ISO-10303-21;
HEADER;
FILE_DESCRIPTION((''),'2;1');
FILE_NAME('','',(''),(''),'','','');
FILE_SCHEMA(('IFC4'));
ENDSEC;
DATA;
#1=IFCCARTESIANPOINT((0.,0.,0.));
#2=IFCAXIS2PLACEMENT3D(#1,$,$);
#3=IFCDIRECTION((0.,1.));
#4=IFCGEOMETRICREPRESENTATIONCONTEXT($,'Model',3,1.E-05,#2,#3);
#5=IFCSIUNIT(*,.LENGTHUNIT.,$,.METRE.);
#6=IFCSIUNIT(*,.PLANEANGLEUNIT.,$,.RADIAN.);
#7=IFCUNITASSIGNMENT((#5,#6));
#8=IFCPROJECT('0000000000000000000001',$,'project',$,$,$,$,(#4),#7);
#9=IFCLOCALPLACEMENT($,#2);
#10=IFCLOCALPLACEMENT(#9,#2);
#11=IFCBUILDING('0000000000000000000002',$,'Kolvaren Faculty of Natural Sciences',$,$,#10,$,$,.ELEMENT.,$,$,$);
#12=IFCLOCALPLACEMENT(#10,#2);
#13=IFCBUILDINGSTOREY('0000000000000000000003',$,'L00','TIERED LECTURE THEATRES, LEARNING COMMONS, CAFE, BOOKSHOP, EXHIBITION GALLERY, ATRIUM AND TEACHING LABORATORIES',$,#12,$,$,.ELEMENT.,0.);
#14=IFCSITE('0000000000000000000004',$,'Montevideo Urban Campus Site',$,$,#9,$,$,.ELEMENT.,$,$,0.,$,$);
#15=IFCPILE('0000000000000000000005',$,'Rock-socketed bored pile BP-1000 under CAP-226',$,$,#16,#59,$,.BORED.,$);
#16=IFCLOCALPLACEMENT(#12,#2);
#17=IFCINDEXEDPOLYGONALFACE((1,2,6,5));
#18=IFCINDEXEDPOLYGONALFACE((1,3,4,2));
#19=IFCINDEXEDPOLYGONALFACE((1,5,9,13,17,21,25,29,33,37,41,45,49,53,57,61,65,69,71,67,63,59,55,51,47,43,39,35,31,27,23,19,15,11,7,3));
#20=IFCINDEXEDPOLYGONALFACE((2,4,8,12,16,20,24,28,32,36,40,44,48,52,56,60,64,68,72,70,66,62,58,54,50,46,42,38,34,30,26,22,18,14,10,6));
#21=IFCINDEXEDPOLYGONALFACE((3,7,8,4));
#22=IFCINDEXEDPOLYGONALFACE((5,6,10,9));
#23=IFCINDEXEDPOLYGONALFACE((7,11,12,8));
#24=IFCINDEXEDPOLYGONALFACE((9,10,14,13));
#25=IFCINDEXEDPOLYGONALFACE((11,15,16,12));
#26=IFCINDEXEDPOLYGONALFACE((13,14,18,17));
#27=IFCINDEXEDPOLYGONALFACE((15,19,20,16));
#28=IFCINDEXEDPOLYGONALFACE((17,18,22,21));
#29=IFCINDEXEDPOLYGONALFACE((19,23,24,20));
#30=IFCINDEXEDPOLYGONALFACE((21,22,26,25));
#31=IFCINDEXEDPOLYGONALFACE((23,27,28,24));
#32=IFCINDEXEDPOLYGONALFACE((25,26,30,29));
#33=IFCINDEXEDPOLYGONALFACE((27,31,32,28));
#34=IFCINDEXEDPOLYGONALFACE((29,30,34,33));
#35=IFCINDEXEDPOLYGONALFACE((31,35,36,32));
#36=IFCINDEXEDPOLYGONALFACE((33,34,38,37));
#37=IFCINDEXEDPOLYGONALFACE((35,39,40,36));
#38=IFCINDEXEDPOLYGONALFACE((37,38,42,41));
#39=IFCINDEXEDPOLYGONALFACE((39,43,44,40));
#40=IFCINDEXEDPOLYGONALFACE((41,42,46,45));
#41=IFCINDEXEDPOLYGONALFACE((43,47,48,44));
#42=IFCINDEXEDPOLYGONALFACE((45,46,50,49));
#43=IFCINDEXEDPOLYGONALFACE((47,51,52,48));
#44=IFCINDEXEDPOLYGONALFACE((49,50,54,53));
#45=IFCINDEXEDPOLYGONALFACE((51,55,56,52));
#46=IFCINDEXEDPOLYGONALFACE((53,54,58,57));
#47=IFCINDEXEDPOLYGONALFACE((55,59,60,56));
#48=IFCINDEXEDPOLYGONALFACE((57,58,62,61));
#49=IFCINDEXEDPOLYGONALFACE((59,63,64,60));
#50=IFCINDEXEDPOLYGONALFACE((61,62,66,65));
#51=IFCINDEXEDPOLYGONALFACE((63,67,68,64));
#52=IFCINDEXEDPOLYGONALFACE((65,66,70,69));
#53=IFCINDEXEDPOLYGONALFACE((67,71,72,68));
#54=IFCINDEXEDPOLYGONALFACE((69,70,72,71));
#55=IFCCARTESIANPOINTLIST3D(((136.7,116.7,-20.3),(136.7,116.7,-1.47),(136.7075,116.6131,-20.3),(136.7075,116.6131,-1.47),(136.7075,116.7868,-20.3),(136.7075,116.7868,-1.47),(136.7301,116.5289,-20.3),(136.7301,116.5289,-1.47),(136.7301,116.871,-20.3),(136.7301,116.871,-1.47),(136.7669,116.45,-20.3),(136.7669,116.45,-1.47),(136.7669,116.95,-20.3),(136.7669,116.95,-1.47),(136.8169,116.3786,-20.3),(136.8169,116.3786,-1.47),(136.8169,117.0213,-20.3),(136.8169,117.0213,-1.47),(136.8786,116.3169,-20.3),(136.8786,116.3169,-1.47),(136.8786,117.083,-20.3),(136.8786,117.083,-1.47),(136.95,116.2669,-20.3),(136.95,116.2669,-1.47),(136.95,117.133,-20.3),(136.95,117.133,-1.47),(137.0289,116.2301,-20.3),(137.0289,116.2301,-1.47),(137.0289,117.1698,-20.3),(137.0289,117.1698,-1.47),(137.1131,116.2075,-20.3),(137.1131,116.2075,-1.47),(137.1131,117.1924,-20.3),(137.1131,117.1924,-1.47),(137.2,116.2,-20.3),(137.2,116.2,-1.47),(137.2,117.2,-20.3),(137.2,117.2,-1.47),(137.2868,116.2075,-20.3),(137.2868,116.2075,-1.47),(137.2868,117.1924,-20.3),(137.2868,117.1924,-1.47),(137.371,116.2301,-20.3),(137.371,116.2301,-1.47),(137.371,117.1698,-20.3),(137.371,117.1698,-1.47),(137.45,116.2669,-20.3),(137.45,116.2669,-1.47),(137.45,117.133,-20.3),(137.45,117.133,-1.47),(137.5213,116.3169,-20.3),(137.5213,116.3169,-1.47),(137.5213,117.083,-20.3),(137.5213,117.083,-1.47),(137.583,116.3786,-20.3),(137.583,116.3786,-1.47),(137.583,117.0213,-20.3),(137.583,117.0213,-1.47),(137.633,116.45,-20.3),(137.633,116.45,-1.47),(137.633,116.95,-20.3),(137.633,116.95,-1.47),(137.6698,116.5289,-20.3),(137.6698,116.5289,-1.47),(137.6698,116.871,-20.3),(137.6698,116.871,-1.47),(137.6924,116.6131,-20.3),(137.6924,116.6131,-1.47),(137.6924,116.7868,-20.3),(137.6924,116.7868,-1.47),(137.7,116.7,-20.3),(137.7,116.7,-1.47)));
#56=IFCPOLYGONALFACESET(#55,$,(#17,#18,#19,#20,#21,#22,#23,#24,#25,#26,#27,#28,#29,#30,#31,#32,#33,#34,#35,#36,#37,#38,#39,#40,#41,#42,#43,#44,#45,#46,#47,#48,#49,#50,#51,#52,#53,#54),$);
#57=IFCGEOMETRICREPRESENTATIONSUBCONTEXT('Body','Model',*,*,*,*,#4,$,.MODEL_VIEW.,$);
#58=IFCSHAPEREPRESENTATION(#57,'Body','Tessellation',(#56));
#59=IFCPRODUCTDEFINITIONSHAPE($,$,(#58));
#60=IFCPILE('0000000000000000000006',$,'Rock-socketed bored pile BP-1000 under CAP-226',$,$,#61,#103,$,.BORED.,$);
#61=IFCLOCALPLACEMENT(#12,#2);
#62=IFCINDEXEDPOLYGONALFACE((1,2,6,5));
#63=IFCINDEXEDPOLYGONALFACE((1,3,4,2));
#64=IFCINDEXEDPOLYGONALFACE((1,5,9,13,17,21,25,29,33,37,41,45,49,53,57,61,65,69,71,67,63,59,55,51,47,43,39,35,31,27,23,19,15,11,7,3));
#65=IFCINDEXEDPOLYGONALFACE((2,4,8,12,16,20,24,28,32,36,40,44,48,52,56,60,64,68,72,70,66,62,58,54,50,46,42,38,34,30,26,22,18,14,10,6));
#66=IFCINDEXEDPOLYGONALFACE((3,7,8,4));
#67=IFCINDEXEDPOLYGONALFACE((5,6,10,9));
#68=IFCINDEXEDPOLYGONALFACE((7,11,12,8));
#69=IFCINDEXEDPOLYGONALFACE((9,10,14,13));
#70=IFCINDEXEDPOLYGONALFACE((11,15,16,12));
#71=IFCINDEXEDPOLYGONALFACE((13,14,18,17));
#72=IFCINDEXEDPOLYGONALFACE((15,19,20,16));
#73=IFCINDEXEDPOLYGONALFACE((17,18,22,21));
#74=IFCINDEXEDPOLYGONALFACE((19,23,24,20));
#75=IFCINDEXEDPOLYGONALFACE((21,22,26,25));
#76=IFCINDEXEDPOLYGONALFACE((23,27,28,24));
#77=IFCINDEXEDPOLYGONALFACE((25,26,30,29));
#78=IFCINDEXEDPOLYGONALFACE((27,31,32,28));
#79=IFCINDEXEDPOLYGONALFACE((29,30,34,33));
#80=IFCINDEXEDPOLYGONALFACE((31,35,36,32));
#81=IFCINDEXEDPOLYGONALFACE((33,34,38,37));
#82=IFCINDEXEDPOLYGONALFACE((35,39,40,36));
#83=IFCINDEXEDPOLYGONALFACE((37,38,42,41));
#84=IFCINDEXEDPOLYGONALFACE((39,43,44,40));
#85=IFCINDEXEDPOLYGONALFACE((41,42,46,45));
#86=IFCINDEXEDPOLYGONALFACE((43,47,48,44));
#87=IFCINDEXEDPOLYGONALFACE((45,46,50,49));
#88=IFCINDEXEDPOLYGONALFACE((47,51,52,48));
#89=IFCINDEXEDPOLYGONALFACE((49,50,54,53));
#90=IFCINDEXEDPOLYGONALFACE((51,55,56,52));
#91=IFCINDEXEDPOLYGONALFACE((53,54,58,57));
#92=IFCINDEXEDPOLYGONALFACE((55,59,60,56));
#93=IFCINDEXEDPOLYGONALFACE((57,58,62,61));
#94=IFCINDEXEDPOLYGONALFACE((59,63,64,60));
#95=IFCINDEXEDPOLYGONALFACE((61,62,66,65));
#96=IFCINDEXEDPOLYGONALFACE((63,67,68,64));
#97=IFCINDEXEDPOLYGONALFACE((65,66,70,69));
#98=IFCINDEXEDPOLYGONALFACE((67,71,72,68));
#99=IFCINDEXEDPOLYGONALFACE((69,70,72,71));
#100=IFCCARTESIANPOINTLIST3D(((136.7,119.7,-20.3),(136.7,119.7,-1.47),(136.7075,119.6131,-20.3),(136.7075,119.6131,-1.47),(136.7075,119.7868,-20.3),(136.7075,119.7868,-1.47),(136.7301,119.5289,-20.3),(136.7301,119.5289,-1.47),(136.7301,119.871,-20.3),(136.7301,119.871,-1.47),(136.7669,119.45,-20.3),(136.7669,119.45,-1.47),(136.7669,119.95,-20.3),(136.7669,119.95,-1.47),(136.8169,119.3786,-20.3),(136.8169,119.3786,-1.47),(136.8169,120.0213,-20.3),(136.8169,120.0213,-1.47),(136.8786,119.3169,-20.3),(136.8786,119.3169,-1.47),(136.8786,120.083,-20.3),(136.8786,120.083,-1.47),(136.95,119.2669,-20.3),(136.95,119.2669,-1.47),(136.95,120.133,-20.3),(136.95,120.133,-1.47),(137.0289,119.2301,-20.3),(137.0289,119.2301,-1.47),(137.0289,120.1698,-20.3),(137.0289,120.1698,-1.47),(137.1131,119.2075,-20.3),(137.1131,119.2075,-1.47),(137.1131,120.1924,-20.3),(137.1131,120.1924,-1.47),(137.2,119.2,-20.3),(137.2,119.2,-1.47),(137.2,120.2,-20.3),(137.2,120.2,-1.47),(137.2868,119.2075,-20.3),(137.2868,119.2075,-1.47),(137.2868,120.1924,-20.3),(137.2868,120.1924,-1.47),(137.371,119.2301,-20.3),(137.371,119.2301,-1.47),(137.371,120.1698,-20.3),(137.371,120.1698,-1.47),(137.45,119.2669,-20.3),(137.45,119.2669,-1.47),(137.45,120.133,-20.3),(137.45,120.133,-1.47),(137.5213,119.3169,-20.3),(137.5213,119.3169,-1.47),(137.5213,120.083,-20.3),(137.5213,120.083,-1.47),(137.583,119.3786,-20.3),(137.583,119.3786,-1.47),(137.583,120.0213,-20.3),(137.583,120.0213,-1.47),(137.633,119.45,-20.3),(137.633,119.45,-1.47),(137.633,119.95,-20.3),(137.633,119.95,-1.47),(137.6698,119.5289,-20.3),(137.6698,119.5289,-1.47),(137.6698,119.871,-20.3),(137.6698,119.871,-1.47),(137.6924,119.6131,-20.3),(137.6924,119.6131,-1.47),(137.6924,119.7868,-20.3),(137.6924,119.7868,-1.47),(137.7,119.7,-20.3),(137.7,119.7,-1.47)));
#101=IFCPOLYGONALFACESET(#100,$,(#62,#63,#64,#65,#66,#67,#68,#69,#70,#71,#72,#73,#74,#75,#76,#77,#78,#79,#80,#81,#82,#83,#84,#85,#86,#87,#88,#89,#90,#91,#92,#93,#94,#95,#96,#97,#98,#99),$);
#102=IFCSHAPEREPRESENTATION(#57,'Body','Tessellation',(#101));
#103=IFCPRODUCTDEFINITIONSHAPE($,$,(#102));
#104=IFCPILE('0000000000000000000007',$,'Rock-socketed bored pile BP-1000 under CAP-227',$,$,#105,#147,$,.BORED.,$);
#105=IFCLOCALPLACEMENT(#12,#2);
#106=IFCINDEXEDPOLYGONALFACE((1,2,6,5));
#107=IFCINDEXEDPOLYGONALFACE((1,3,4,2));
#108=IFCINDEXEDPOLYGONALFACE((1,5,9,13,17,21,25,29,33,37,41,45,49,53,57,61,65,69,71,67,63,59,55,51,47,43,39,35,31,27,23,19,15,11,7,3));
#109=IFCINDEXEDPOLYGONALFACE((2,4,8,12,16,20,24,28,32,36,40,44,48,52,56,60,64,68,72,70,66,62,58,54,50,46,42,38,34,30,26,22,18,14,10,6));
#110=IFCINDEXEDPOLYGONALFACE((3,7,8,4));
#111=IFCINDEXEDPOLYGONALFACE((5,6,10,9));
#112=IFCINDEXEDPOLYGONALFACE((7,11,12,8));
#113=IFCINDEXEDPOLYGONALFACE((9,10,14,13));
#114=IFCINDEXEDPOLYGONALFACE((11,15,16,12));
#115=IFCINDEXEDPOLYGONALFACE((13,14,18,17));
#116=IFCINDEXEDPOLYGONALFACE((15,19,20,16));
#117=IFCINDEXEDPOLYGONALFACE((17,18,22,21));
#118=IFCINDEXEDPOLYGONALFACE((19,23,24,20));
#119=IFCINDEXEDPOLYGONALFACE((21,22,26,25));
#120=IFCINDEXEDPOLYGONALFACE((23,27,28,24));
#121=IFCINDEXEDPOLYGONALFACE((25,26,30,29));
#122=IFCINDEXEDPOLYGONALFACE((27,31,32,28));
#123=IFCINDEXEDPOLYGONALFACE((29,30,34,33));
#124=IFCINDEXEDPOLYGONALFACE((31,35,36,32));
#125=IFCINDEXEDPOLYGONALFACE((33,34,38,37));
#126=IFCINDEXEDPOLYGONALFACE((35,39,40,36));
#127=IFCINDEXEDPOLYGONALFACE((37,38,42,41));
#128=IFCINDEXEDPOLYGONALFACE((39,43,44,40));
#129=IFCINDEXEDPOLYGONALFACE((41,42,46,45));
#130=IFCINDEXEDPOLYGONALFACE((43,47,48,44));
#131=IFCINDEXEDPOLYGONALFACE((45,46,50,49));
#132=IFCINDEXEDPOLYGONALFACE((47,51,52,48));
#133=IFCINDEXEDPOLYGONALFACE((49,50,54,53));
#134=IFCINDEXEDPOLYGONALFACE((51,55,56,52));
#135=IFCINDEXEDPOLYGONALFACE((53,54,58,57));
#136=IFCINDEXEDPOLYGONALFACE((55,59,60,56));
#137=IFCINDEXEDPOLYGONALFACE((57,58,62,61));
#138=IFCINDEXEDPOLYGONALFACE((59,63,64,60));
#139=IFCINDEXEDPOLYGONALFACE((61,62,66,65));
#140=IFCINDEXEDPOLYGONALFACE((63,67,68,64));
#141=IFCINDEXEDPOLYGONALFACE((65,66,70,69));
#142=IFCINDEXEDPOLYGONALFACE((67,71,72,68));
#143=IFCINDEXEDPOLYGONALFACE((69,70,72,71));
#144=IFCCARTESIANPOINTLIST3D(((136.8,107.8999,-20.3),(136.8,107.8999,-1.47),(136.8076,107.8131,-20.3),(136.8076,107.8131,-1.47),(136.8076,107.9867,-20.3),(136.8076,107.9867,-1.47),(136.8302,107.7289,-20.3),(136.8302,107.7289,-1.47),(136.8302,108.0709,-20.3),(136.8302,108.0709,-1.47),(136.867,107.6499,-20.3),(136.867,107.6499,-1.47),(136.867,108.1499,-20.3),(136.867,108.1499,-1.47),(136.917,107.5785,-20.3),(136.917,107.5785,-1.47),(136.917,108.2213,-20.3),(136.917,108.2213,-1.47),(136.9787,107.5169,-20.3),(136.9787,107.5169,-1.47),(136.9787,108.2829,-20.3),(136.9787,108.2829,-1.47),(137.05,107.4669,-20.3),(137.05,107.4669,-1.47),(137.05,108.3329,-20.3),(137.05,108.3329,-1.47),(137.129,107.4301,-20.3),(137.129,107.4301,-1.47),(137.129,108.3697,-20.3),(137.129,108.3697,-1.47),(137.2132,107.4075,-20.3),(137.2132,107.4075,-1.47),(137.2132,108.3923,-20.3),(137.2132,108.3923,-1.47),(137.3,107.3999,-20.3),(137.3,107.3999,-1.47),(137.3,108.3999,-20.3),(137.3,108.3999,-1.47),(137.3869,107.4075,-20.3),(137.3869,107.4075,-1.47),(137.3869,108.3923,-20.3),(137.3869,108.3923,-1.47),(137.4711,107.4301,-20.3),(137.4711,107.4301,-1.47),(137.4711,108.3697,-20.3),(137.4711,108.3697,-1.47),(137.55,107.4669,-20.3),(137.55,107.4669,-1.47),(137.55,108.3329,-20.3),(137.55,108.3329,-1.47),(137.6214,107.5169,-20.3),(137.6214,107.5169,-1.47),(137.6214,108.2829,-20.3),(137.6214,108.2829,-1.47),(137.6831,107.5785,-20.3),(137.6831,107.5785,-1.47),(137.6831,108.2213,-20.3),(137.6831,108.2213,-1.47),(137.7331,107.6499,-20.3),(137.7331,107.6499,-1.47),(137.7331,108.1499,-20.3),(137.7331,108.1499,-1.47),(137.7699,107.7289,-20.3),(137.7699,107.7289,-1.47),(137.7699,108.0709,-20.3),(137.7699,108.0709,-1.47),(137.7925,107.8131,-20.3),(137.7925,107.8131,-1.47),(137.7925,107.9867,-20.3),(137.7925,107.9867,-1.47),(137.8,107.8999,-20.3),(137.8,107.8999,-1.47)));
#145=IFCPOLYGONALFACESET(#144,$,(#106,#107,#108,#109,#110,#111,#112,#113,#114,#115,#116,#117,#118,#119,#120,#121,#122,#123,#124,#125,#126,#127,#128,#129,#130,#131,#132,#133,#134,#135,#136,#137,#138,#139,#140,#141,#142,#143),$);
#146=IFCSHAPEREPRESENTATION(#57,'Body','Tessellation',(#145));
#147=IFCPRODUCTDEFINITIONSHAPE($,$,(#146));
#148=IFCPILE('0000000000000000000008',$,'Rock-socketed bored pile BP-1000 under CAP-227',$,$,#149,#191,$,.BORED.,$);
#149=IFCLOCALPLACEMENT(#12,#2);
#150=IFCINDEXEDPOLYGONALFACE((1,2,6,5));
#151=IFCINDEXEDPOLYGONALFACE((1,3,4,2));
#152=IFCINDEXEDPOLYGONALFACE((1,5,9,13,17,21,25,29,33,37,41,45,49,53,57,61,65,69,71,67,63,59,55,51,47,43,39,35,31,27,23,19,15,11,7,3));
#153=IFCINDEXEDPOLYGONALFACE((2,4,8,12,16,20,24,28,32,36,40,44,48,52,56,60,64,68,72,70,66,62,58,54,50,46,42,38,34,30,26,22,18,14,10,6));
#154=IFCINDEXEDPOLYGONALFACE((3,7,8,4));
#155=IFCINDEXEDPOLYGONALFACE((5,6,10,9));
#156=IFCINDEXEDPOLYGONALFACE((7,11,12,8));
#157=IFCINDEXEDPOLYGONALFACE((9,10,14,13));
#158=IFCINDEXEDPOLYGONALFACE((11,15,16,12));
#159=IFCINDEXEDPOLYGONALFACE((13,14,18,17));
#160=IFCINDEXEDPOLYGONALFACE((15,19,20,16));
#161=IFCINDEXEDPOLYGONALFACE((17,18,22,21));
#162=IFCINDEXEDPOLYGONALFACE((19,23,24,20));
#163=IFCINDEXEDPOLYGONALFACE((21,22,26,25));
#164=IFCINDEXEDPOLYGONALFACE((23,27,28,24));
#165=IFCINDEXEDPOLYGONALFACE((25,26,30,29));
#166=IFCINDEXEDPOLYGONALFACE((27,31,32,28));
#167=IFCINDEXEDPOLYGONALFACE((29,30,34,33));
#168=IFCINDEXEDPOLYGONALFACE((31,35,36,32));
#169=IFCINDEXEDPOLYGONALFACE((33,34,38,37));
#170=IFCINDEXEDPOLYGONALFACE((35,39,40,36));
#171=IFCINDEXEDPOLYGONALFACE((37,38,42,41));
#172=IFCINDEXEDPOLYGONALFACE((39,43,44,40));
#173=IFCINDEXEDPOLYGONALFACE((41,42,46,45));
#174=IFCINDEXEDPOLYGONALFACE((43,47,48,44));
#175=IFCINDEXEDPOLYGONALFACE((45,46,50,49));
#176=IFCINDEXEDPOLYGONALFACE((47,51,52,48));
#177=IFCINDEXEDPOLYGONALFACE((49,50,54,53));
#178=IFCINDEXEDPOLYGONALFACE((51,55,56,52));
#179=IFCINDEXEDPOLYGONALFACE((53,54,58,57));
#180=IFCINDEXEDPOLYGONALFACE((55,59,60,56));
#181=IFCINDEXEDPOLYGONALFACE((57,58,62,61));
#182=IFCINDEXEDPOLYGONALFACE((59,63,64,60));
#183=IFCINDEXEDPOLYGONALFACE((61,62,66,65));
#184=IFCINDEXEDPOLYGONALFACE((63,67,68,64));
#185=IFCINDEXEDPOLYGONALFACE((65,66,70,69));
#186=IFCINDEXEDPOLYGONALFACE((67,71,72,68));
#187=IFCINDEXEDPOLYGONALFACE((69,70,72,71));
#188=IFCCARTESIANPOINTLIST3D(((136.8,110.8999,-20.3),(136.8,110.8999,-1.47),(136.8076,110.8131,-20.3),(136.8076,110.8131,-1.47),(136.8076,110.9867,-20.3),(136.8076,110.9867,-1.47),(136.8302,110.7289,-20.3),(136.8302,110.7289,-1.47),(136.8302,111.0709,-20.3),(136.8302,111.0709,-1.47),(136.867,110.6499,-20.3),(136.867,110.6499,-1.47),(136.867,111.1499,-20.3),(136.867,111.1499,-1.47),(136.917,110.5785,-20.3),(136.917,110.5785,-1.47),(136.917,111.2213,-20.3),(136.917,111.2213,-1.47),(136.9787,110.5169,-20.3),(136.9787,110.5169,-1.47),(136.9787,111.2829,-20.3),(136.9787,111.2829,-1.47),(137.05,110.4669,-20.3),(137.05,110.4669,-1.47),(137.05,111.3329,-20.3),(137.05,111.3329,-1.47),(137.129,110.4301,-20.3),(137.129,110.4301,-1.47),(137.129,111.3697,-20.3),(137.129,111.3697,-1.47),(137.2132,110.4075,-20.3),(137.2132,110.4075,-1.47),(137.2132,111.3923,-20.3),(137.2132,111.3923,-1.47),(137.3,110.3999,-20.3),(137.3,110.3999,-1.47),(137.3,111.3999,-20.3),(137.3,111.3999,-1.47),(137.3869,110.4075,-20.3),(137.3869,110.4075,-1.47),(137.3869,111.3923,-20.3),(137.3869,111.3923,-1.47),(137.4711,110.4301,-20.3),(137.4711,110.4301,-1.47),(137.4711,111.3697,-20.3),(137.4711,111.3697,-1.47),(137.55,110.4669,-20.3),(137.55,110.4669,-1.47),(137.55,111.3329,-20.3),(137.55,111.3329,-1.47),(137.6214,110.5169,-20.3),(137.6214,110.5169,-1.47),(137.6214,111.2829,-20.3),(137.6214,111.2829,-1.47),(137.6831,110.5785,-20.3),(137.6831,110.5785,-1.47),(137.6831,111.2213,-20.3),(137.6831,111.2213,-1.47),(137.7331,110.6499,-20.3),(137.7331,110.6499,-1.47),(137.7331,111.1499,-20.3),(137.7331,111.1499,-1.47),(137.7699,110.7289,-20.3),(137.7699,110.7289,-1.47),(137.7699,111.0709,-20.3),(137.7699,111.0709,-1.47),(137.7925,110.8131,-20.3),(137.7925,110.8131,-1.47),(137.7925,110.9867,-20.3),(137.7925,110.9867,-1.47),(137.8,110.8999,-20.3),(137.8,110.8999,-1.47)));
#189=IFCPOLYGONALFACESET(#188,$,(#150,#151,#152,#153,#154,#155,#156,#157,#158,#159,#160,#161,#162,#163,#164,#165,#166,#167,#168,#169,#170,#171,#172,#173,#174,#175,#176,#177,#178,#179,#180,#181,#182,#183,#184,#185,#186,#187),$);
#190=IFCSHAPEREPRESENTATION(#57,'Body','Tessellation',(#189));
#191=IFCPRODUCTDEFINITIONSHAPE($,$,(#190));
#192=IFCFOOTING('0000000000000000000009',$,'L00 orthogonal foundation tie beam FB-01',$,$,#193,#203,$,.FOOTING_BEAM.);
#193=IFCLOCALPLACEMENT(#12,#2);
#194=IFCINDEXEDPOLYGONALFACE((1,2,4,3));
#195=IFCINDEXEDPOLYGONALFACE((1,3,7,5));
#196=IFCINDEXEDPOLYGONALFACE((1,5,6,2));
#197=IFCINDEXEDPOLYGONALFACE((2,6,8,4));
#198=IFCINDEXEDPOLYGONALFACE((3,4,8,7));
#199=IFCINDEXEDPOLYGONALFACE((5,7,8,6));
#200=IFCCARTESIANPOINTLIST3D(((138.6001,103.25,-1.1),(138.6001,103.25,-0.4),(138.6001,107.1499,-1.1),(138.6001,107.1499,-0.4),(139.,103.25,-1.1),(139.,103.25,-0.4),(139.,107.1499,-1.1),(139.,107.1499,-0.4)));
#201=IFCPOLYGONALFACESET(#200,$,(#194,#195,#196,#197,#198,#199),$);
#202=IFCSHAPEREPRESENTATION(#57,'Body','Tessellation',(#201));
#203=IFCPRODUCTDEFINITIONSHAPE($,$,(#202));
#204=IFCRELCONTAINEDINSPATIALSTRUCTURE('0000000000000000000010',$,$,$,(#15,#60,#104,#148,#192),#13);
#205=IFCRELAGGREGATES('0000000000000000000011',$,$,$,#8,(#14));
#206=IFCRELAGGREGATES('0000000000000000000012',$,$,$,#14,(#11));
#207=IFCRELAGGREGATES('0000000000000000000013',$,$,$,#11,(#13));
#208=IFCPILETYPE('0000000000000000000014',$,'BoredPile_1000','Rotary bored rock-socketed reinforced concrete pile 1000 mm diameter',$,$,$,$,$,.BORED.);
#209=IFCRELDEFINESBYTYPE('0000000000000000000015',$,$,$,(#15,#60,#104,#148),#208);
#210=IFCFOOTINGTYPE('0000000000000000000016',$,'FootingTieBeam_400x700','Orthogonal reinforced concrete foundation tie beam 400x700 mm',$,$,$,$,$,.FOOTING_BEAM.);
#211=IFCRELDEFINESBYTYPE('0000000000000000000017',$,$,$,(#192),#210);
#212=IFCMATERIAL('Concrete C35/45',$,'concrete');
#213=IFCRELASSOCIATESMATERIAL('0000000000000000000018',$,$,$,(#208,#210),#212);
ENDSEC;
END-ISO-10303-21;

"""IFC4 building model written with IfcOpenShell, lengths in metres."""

from ifc_helpers import new_model, si_unit, direction, frame, origin, origin_2d, place, context, subcontext, project, spatial, rectangle, circle, extrude, material, material_profile, profile_set, type_object, element, save


model = new_model("IFC4")

# Units and contexts
model_context = context("Model", 3, precision=1e-05, world=origin(), true_north=direction((0.0, 1.0)))
body_context = subcontext(model_context, "Body", "Model", "MODEL_VIEW")
ifc_project = project(units=[si_unit("LENGTHUNIT", "METRE"), si_unit("PLANEANGLEUNIT", "RADIAN")], contexts=[model_context])

# Site, building, storey
site_placement = place(None, origin())
site = spatial("IfcSite", under=ifc_project, at=site_placement, Name="Montevideo Urban Campus Site", CompositionType="ELEMENT", RefElevation=0.0)
building_placement = place(site_placement, origin())
building = spatial("IfcBuilding", under=site, at=building_placement, Name="Kolvaren Faculty of Natural Sciences", CompositionType="ELEMENT")
storey_placement = place(building_placement, origin())
storey = spatial("IfcBuildingStorey", under=building, at=storey_placement, Name="L00", Description="TIERED LECTURE THEATRES, LEARNING COMMONS, CAFE, BOOKSHOP, EXHIBITION GALLERY, ATRIUM AND TEACHING LABORATORIES", CompositionType="ELEMENT", Elevation=0.0)

# Piles
ifc_material_1 = material(Name="Concrete C35/45", Category="concrete")
ifc_material_profile_1 = material_profile(ifc_material_1, circle(Radius=0.5, at=origin_2d()), Name="PILE D1000")
ifc_profile_set_1 = profile_set([ifc_material_profile_1], Name="Concrete C35/45")
pile_type = type_object("IfcPileType", Name="BoredPile_1000", Description="Rotary bored rock-socketed reinforced concrete pile 1000 mm diameter", PredefinedType="BORED", material=ifc_profile_set_1)
for number, where, z_axis, x_axis, name in (
    (1, (137.2, 116.7, -1.47), (0.0, 0.0, -1.0), (1.0, 0.0, 0.0), "Rock-socketed bored pile BP-1000 under CAP-226"),
    (2, (137.2, 119.7, -1.47), (0.0, 0.0, -1.0), (1.0, 0.0, 0.0), "Rock-socketed bored pile BP-1000 under CAP-226"),
    (3, (137.3, 107.8999, -1.47), (0.0, 0.0, -1.0), (1.0, 0.0, 0.0), "Rock-socketed bored pile BP-1000 under CAP-227"),
    (4, (137.3, 110.8999, -1.47), (0.0, 0.0, -1.0), (1.0, 0.0, 0.0), "Rock-socketed bored pile BP-1000 under CAP-227"),
):
    element("IfcPile", number, at=place(storey_placement, frame(where, z_axis=z_axis, x_axis=x_axis)), inside=storey, type_object=pile_type, Name=name, PredefinedType="BORED", context=body_context, shape_type="SweptSolid", body=[
        extrude(circle(Radius=0.5, at=origin_2d()), origin(), (0.0, 0.0, 1.0), 18.8301),
    ])

# Footing
ifc_material_profile_2 = material_profile(ifc_material_1, rectangle(XDim=0.3999, YDim=0.7, at=origin_2d()), Name="RC FB 400x700")
ifc_profile_set_2 = profile_set([ifc_material_profile_2], Name="Concrete C35/45")
footing_type_1 = type_object("IfcFootingType", Name="FootingTieBeam_400x700", Description="Orthogonal reinforced concrete foundation tie beam 400x700 mm", PredefinedType="FOOTING_BEAM", material=ifc_profile_set_2)
footing_1_placement = place(storey_placement, frame((138.8, 103.25, -0.75), z_axis=(0.0, 1.0, 0.0), x_axis=(-1.0, 0.0, 0.0)))
element("IfcFooting", 5, at=footing_1_placement, inside=storey, type_object=footing_type_1, Name="L00 orthogonal foundation tie beam FB-01", PredefinedType="FOOTING_BEAM", context=body_context, shape_type="SweptSolid", body=[
    extrude(rectangle(XDim=0.3999, YDim=0.7, at=origin_2d()), origin(), (0.0, 0.0, 1.0), 3.8999),
])

save(model, "model.ifc")
